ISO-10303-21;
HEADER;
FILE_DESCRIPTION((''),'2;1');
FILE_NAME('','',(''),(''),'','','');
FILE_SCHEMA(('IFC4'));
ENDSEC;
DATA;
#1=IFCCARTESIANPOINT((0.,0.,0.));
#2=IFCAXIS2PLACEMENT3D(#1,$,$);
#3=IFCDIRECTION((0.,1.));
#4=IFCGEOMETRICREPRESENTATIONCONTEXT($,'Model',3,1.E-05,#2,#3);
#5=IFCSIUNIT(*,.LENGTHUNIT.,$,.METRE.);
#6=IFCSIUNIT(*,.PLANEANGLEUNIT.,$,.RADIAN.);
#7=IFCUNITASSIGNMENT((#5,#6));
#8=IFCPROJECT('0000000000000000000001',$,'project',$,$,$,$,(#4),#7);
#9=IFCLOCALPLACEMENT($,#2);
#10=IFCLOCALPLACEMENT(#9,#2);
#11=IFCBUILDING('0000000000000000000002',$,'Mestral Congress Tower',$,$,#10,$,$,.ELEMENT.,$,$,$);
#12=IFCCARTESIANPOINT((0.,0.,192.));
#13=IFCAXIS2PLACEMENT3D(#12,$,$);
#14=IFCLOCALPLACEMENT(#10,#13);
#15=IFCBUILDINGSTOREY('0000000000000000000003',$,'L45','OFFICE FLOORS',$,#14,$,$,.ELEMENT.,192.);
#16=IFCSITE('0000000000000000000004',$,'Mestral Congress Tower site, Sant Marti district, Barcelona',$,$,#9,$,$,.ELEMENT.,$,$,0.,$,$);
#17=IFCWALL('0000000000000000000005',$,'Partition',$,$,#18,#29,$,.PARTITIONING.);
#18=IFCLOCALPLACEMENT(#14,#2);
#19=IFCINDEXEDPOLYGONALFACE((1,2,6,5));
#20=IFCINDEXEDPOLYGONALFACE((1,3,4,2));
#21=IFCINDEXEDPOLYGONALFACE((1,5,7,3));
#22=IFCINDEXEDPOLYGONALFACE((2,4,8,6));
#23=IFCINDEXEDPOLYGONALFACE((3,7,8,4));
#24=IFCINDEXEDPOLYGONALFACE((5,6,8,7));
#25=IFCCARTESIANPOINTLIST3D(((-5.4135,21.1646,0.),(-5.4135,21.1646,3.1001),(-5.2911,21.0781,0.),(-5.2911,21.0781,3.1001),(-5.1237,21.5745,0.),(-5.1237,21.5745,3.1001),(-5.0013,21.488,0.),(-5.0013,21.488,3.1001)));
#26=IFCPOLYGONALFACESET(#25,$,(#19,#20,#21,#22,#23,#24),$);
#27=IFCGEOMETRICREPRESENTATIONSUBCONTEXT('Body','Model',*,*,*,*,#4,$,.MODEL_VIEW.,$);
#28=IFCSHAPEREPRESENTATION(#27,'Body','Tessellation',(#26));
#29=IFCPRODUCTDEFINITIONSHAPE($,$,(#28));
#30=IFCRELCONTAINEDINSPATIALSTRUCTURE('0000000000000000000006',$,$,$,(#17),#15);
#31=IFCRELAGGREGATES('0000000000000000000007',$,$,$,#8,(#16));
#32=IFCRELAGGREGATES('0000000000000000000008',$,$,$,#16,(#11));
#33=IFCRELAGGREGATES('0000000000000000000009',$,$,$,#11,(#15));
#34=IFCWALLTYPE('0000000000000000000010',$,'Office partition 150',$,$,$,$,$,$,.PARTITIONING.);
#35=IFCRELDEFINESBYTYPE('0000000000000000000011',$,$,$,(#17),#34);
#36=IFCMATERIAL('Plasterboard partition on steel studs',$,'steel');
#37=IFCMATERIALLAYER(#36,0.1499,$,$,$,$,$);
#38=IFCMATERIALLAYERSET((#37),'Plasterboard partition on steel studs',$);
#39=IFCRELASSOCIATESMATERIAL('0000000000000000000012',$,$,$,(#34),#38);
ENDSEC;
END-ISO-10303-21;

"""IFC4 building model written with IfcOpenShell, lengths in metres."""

from ifc_helpers import new_model, si_unit, direction, frame, frame_2d, origin, place, context, subcontext, project, spatial, rectangle, extrude, material, layer, layer_set, type_object, element, save


model = new_model("IFC4")

# Units and contexts
model_context = context("Model", 3, precision=1e-05, world=origin(), true_north=direction((0.0, 1.0)))
body_context = subcontext(model_context, "Body", "Model", "MODEL_VIEW")
ifc_project = project(units=[si_unit("LENGTHUNIT", "METRE"), si_unit("PLANEANGLEUNIT", "RADIAN")], contexts=[model_context])

# Site, building, storey
site_placement = place(None, origin())
site = spatial("IfcSite", under=ifc_project, at=site_placement, Name="Mestral Congress Tower site, Sant Marti district, Barcelona", CompositionType="ELEMENT", RefElevation=0.0)
building_placement = place(site_placement, origin())
building = spatial("IfcBuilding", under=site, at=building_placement, Name="Mestral Congress Tower", CompositionType="ELEMENT")
storey_placement = place(building_placement, frame((0.0, 0.0, 192.0)))
storey = spatial("IfcBuildingStorey", under=building, at=storey_placement, Name="L45", Description="OFFICE FLOORS", CompositionType="ELEMENT", Elevation=192.0)

# Shared definitions
ifc_material_1 = material(Name="Plasterboard partition on steel studs", Category="steel")
ifc_layer_1 = layer(ifc_material_1, 0.1499)
ifc_layer_set_1 = layer_set([ifc_layer_1], Name="Plasterboard partition on steel studs")
wall_type_1 = type_object("IfcWallType", Name="Office partition 150", PredefinedType="PARTITIONING", material=ifc_layer_set_1)

# Wall
wall_1_placement = place(storey_placement, frame((-5.0625, 21.5312, 0.0), z_axis=(0.0, 0.0, 1.0), x_axis=(-0.577275, -0.81655, 0.0)))
element("IfcWall", 1, at=wall_1_placement, inside=storey, type_object=wall_type_1, Name="Partition", PredefinedType="PARTITIONING", context=body_context, shape_type="SweptSolid", body=[
    extrude(rectangle(XDim=0.502, YDim=0.1499, at=frame_2d((0.251, 0.0))), origin(), (0.0, 0.0, 1.0), 3.1001),
])

save(model, "model.ifc")
